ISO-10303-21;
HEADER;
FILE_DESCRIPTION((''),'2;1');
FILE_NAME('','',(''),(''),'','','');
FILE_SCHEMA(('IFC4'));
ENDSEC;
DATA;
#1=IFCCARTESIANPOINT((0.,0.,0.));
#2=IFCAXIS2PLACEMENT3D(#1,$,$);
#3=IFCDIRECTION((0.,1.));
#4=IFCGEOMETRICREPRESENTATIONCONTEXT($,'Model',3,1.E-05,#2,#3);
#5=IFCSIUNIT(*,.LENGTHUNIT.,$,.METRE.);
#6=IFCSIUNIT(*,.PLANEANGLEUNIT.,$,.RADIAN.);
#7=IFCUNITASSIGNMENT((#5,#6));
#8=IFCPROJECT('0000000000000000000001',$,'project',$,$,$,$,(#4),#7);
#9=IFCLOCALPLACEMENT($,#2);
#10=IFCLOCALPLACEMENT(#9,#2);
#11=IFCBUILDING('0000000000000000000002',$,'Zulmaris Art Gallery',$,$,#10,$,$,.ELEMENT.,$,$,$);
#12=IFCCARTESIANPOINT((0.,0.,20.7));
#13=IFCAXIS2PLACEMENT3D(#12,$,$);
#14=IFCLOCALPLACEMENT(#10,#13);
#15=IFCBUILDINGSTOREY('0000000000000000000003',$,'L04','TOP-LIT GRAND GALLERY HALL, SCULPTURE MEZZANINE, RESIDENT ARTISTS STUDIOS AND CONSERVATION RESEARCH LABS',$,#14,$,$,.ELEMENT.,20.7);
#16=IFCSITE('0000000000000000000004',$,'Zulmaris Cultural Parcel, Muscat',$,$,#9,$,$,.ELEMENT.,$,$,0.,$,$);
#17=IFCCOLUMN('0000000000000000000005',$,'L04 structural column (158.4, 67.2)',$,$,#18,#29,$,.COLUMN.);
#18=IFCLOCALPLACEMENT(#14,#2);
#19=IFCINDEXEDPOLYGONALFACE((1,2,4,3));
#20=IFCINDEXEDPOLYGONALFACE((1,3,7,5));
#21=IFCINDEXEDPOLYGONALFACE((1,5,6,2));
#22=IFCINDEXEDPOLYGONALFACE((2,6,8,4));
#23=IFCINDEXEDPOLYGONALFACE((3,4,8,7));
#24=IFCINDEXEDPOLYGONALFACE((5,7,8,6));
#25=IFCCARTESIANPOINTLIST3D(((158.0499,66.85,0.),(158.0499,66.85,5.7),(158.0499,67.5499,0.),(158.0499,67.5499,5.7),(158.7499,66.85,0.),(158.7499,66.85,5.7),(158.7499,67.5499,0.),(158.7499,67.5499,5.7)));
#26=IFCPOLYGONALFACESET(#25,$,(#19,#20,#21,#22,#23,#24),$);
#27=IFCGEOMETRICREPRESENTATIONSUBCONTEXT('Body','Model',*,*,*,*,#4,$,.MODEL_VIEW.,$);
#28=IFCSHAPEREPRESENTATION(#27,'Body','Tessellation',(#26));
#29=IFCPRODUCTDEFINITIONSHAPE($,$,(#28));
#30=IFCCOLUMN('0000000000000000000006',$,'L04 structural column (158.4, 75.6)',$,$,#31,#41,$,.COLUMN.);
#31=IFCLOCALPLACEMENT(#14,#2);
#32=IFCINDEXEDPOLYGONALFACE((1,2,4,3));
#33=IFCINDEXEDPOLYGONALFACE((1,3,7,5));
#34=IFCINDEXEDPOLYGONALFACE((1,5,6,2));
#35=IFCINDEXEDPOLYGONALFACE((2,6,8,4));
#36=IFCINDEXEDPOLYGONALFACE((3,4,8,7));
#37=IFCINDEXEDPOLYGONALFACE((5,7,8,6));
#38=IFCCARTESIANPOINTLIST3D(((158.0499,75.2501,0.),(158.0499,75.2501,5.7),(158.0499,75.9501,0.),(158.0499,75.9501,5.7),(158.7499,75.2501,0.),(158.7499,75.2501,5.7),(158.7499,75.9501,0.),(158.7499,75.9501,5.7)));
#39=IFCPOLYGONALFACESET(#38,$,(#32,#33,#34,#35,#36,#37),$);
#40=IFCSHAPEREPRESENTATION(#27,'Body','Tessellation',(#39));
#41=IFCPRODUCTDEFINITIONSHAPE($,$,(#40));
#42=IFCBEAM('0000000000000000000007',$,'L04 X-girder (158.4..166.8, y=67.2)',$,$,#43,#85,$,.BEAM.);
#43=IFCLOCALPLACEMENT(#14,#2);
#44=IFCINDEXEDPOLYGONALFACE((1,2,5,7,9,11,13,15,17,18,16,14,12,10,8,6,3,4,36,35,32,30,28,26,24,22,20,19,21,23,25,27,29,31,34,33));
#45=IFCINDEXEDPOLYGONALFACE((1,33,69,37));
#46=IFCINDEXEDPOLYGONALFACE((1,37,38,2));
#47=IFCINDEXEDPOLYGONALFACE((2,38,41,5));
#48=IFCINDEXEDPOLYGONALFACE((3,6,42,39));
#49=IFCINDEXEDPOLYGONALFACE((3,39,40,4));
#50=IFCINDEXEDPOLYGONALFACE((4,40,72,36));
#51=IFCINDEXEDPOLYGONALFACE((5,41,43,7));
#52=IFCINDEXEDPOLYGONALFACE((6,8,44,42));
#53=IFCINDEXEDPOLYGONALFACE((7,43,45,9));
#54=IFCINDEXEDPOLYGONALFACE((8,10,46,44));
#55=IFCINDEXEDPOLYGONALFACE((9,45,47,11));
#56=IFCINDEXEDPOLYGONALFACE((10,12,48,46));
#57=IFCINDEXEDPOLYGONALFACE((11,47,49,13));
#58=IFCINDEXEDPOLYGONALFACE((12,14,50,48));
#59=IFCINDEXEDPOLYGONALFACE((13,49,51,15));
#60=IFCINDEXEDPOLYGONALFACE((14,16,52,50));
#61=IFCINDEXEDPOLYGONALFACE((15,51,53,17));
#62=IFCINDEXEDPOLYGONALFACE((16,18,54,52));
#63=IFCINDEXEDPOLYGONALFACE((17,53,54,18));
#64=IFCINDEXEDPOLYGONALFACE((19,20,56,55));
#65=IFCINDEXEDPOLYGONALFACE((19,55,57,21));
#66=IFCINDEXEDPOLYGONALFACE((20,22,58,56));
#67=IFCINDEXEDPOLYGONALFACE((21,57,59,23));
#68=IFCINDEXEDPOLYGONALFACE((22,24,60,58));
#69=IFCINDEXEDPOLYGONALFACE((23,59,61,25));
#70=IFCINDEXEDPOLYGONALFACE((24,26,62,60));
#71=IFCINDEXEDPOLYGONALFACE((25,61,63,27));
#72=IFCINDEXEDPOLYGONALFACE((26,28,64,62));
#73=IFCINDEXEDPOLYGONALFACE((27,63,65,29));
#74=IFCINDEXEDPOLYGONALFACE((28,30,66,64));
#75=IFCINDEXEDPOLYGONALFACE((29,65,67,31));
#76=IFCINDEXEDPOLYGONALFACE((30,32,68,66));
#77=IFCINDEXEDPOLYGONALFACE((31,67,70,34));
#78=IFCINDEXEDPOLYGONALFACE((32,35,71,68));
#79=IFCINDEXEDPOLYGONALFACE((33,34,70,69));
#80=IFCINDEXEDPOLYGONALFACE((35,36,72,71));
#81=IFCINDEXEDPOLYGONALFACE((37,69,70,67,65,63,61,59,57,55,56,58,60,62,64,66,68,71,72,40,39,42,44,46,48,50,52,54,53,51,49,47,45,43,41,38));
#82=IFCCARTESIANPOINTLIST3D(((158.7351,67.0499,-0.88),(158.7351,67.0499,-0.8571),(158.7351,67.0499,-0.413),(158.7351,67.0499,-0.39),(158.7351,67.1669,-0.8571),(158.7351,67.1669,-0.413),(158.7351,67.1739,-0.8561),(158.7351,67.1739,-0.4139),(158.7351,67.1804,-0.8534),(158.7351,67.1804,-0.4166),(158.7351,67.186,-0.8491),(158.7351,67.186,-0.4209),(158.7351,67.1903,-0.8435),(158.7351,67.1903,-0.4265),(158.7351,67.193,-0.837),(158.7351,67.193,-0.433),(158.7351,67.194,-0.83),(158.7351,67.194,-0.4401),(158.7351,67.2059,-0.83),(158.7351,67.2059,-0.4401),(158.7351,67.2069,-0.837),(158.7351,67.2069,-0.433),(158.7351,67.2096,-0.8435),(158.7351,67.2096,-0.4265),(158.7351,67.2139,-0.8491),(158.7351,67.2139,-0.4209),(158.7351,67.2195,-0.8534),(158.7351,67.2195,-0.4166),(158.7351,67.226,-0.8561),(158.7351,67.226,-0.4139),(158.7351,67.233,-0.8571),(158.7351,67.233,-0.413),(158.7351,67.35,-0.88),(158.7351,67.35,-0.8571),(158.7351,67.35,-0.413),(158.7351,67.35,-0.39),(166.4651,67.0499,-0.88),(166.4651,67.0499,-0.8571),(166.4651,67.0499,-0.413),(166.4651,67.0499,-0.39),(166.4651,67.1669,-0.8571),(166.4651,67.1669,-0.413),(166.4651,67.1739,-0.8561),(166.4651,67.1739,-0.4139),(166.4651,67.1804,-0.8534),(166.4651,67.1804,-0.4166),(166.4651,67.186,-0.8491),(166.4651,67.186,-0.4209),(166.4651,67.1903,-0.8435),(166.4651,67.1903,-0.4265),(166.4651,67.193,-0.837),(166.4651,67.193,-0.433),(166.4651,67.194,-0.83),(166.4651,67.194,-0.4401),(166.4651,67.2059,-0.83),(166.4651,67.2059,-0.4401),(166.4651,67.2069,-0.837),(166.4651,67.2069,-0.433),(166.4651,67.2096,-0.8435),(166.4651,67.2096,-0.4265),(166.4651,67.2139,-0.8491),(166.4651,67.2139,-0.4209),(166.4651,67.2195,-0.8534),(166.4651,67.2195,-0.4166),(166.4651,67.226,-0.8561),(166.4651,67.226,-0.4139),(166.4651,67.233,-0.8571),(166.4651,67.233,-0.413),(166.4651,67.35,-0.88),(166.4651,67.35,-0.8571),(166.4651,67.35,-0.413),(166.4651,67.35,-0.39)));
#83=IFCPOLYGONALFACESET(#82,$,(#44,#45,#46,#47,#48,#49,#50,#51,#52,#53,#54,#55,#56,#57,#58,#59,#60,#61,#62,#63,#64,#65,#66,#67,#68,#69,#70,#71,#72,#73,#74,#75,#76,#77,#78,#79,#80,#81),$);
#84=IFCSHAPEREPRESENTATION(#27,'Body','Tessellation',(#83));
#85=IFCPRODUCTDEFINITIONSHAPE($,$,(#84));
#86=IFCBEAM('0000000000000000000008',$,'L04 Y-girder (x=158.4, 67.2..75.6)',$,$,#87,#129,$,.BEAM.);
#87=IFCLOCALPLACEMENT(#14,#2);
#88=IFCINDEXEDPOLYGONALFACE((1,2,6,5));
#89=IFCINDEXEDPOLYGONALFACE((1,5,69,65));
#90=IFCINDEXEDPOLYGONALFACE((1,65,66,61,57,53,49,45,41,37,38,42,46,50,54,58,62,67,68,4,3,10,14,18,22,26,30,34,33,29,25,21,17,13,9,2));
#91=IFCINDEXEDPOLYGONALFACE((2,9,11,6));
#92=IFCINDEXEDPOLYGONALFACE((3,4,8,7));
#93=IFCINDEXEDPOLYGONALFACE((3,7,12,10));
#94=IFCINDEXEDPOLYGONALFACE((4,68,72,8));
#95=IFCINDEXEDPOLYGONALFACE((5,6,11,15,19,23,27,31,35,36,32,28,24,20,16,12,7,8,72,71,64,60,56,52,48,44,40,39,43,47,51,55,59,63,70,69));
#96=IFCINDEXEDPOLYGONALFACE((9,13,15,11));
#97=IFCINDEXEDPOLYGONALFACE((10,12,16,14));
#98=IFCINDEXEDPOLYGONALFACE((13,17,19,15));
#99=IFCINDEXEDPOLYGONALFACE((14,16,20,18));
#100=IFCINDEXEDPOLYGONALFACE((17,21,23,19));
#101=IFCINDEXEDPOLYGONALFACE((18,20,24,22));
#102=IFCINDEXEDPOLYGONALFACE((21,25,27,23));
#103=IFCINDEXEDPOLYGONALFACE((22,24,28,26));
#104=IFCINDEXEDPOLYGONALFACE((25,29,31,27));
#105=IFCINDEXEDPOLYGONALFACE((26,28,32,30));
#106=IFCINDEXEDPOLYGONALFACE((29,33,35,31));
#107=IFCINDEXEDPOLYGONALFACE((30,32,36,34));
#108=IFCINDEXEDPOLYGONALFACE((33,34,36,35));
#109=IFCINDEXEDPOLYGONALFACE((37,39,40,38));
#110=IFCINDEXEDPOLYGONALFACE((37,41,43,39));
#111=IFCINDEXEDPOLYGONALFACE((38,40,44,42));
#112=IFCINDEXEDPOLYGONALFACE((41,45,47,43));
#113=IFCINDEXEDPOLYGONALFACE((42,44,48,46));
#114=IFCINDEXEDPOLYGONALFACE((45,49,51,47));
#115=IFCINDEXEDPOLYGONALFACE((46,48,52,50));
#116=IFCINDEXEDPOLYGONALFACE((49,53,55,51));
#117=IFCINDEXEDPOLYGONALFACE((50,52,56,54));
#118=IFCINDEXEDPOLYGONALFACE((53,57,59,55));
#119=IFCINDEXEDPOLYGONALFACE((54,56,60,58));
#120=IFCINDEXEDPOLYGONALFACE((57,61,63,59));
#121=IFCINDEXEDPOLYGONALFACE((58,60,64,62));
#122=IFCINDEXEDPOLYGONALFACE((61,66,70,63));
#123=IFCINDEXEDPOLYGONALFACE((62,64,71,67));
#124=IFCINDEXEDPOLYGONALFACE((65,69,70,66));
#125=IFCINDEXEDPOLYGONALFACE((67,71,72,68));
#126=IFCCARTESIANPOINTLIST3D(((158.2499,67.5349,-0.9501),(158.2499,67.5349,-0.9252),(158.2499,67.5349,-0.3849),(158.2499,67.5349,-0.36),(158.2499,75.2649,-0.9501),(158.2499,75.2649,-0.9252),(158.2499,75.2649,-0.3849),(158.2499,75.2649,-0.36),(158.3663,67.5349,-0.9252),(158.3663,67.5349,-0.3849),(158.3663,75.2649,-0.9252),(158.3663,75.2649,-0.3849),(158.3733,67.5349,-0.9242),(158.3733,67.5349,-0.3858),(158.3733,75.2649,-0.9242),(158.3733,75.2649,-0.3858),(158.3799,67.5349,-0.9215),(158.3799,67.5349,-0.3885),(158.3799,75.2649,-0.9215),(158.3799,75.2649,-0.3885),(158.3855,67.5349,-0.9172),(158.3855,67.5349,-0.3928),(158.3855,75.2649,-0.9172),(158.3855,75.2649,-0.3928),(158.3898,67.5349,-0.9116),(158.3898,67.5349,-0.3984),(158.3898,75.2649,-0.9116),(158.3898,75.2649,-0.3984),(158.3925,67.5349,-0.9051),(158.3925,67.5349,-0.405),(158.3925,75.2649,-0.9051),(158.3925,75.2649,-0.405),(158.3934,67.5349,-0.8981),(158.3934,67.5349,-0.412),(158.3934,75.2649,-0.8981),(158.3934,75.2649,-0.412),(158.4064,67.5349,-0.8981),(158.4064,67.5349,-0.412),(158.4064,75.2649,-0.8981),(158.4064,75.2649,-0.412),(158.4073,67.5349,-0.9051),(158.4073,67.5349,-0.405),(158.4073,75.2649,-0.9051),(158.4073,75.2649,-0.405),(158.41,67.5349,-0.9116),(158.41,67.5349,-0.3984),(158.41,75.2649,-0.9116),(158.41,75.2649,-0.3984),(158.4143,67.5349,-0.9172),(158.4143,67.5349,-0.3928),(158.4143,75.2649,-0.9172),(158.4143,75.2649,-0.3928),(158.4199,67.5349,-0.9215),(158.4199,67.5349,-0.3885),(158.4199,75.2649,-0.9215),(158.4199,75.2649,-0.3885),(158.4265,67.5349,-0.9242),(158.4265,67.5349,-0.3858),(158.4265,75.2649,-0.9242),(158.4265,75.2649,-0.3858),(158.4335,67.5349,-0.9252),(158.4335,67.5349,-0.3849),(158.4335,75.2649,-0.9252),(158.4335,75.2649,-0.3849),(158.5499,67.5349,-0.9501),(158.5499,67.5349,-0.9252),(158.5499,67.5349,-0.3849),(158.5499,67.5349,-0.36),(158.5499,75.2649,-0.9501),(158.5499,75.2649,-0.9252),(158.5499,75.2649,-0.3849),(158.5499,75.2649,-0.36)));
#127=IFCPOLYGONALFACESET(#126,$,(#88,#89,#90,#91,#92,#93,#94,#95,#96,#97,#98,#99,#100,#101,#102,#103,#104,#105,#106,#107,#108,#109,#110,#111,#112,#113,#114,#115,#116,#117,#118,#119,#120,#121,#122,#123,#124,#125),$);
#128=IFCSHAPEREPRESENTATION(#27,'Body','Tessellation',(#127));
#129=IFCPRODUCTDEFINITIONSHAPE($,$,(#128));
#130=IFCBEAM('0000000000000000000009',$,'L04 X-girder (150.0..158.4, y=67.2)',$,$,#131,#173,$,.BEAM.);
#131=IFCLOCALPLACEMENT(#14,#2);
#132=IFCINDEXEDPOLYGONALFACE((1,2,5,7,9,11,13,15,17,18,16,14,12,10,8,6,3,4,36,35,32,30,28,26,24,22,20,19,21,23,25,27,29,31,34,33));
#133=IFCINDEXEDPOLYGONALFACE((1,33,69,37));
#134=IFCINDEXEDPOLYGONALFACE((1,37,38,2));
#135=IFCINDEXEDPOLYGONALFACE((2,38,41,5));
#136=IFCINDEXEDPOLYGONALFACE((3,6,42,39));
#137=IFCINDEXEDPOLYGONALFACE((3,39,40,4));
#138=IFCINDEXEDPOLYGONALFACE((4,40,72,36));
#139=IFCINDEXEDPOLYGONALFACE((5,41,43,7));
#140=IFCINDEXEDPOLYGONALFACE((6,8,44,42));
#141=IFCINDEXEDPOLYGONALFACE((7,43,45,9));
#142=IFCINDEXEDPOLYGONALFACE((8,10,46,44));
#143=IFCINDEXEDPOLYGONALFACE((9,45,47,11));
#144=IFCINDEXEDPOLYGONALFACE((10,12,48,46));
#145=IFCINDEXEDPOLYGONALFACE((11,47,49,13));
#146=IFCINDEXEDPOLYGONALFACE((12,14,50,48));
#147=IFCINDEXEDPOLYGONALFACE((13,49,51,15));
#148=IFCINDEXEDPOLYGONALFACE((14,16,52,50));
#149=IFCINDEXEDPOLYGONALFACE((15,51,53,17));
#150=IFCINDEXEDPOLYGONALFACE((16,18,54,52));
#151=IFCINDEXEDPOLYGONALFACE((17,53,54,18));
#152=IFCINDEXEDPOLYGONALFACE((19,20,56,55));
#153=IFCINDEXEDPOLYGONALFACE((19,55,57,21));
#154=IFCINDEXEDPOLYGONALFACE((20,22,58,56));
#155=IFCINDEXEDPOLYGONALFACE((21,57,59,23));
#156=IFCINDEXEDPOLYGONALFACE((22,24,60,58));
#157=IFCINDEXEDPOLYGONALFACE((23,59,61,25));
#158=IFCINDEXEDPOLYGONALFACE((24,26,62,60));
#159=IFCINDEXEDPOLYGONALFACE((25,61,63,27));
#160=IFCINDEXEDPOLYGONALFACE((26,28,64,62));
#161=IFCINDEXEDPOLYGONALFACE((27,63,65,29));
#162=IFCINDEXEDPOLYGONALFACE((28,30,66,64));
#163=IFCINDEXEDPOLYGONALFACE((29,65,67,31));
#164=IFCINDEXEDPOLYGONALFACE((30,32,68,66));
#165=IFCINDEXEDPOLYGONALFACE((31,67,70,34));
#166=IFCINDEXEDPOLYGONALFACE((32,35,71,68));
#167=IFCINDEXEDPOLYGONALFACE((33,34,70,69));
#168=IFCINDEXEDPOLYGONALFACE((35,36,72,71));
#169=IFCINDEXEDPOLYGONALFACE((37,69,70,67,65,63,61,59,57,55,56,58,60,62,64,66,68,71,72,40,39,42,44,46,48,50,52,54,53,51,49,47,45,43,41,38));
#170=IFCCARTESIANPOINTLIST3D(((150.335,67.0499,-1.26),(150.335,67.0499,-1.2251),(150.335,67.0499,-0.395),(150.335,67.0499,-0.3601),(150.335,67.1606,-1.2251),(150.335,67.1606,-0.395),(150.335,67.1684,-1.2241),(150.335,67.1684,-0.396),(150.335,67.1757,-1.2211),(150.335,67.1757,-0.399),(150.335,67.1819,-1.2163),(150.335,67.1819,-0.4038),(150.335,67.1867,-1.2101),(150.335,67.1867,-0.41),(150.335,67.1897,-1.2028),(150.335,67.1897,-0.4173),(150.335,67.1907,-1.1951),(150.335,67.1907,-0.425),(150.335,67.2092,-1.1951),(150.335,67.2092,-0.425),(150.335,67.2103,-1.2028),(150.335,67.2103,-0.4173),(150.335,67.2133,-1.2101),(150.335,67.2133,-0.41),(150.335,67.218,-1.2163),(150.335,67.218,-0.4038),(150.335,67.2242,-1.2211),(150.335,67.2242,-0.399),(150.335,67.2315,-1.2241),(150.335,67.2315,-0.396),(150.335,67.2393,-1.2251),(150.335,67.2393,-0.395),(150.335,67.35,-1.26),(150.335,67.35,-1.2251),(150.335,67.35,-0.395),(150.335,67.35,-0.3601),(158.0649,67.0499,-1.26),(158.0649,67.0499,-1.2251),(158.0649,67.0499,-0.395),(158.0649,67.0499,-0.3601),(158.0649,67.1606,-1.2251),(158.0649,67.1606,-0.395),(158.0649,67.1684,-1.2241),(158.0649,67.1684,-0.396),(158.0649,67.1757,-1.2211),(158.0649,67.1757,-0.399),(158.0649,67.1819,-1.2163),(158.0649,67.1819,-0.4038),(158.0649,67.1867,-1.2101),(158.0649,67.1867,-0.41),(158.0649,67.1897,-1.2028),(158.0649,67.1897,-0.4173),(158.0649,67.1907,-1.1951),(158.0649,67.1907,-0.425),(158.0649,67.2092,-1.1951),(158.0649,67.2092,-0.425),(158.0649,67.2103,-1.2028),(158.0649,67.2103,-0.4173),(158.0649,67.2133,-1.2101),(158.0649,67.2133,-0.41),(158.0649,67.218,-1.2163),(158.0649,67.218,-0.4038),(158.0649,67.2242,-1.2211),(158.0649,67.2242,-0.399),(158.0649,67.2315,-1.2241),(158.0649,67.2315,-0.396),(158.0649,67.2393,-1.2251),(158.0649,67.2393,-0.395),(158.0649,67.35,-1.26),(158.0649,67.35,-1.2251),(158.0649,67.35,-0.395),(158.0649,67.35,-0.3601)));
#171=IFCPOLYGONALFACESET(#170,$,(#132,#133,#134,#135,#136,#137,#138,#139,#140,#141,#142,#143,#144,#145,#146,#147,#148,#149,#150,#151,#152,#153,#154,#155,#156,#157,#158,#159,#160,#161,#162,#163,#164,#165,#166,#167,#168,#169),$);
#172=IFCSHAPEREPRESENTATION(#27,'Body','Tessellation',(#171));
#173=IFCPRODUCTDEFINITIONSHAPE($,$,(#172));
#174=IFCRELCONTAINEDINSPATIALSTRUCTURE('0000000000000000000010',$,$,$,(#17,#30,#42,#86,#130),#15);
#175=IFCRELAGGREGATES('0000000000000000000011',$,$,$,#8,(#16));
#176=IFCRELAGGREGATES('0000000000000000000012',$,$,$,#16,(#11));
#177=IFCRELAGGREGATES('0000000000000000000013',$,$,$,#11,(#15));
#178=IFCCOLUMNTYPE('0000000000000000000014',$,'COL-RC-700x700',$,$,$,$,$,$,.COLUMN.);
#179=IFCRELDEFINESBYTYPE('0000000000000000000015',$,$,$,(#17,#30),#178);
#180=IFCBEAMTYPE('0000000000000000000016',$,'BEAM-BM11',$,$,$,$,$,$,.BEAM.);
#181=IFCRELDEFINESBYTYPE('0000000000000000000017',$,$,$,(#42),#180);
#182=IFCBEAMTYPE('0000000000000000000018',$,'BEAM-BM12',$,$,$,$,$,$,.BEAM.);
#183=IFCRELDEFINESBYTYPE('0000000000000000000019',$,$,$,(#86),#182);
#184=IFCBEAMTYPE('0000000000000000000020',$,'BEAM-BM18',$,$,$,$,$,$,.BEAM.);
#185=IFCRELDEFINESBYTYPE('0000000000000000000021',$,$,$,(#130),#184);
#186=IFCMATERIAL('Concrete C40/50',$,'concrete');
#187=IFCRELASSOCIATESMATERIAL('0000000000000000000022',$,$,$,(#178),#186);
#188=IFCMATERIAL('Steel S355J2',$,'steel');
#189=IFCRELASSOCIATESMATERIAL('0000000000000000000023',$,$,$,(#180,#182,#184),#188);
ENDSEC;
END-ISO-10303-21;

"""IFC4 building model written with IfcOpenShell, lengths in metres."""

from ifc_helpers import new_model, si_unit, direction, frame, origin, origin_2d, place, context, subcontext, project, spatial, rectangle, i_section, extrude, material, material_profile, profile_set, type_object, element, save


model = new_model("IFC4")

# Units and contexts
model_context = context("Model", 3, precision=1e-05, world=origin(), true_north=direction((0.0, 1.0)))
body_context = subcontext(model_context, "Body", "Model", "MODEL_VIEW")
ifc_project = project(units=[si_unit("LENGTHUNIT", "METRE"), si_unit("PLANEANGLEUNIT", "RADIAN")], contexts=[model_context])

# Site, building, storey
site_placement = place(None, origin())
site = spatial("IfcSite", under=ifc_project, at=site_placement, Name="Zulmaris Cultural Parcel, Muscat", CompositionType="ELEMENT", RefElevation=0.0)
building_placement = place(site_placement, origin())
building = spatial("IfcBuilding", under=site, at=building_placement, Name="Zulmaris Art Gallery", CompositionType="ELEMENT")
storey_placement = place(building_placement, frame((0.0, 0.0, 20.7)))
storey = spatial("IfcBuildingStorey", under=building, at=storey_placement, Name="L04", Description="TOP-LIT GRAND GALLERY HALL, SCULPTURE MEZZANINE, RESIDENT ARTISTS STUDIOS AND CONSERVATION RESEARCH LABS", CompositionType="ELEMENT", Elevation=20.7)

# Columns
ifc_material_1 = material(Name="Concrete C40/50", Category="concrete")
ifc_material_profile_1 = material_profile(ifc_material_1, rectangle(XDim=0.7, YDim=0.7, at=origin_2d()), Name="RC 700x700")
ifc_profile_set_1 = profile_set([ifc_material_profile_1], Name="Concrete C40/50")
column_type = type_object("IfcColumnType", Name="COL-RC-700x700", PredefinedType="COLUMN", material=ifc_profile_set_1)
for number, where, z_axis, x_axis, name in (
    (1, (158.3999, 67.2, 0.0), (0.0, 0.0, 1.0), (1.0, 0.0, 0.0), "L04 structural column (158.4, 67.2)"),
    (2, (158.3999, 75.6001, 0.0), (0.0, 0.0, 1.0), (1.0, 0.0, 0.0), "L04 structural column (158.4, 75.6)"),
):
    element("IfcColumn", number, at=place(storey_placement, frame(where, z_axis=z_axis, x_axis=x_axis)), inside=storey, type_object=column_type, Name=name, PredefinedType="COLUMN", context=body_context, shape_type="SweptSolid", body=[
        extrude(rectangle(XDim=0.7, YDim=0.7, at=origin_2d()), origin(), (0.0, 0.0, 1.0), 5.7),
    ])

# Beams
ifc_material_2 = material(Name="Steel S355J2", Category="steel")
ifc_material_profile_2 = material_profile(ifc_material_2, i_section(OverallWidth=0.3, OverallDepth=0.49, WebThickness=0.012, FlangeThickness=0.0229, FilletRadius=0.0271, at=origin_2d()), Name="HEA 500")
ifc_profile_set_2 = profile_set([ifc_material_profile_2], Name="Steel S355J2")
beam_type_1 = type_object("IfcBeamType", Name="BEAM-BM11", PredefinedType="BEAM", material=ifc_profile_set_2)
beam_1_placement = place(storey_placement, frame((158.7351, 67.2, -0.635), z_axis=(1.0, 0.0, 0.0), x_axis=(0.0, 1.0, 0.0)))
element("IfcBeam", 3, at=beam_1_placement, inside=storey, type_object=beam_type_1, Name="L04 X-girder (158.4..166.8, y=67.2)", PredefinedType="BEAM", context=body_context, shape_type="SweptSolid", body=[
    extrude(i_section(OverallWidth=0.3, OverallDepth=0.49, WebThickness=0.012, FlangeThickness=0.0229, FilletRadius=0.0271, at=origin_2d()), origin(), (0.0, 0.0, 1.0), 7.73),
])
ifc_material_profile_3 = material_profile(ifc_material_2, i_section(OverallWidth=0.3, OverallDepth=0.5901, WebThickness=0.0129, FlangeThickness=0.0249, FilletRadius=0.0271, at=origin_2d()), Name="HEA 600")
ifc_profile_set_3 = profile_set([ifc_material_profile_3], Name="Steel S355J2")
beam_type_2 = type_object("IfcBeamType", Name="BEAM-BM12", PredefinedType="BEAM", material=ifc_profile_set_3)
beam_2_placement = place(storey_placement, frame((158.3999, 67.5349, -0.655), z_axis=(0.0, 1.0, 0.0), x_axis=(-1.0, 0.0, 0.0)))
element("IfcBeam", 4, at=beam_2_placement, inside=storey, type_object=beam_type_2, Name="L04 Y-girder (x=158.4, 67.2..75.6)", PredefinedType="BEAM", context=body_context, shape_type="SweptSolid", body=[
    extrude(i_section(OverallWidth=0.3, OverallDepth=0.5901, WebThickness=0.0129, FlangeThickness=0.0249, FilletRadius=0.0271, at=origin_2d()), origin(), (0.0, 0.0, 1.0), 7.73),
])
ifc_material_profile_4 = material_profile(ifc_material_2, i_section(OverallWidth=0.3, OverallDepth=0.8999, WebThickness=0.0186, FlangeThickness=0.0349, FilletRadius=0.03, at=origin_2d()), Name="HEB 900")
ifc_profile_set_4 = profile_set([ifc_material_profile_4], Name="Steel S355J2")
beam_type_3 = type_object("IfcBeamType", Name="BEAM-BM18", PredefinedType="BEAM", material=ifc_profile_set_4)
for number, where, z_axis, x_axis, name in (
    (5, (150.335, 67.2, -0.8101), (1.0, 0.0, 0.0), (0.0, 1.0, 0.0), "L04 X-girder (150.0..158.4, y=67.2)"),
):
    element("IfcBeam", number, at=place(storey_placement, frame(where, z_axis=z_axis, x_axis=x_axis)), inside=storey, type_object=beam_type_3, Name=name, PredefinedType="BEAM", context=body_context, shape_type="SweptSolid", body=[
        extrude(i_section(OverallWidth=0.3, OverallDepth=0.8999, WebThickness=0.0186, FlangeThickness=0.0349, FilletRadius=0.03, at=origin_2d()), origin(), (0.0, 0.0, 1.0), 7.73),
    ])

save(model, "model.ifc")
